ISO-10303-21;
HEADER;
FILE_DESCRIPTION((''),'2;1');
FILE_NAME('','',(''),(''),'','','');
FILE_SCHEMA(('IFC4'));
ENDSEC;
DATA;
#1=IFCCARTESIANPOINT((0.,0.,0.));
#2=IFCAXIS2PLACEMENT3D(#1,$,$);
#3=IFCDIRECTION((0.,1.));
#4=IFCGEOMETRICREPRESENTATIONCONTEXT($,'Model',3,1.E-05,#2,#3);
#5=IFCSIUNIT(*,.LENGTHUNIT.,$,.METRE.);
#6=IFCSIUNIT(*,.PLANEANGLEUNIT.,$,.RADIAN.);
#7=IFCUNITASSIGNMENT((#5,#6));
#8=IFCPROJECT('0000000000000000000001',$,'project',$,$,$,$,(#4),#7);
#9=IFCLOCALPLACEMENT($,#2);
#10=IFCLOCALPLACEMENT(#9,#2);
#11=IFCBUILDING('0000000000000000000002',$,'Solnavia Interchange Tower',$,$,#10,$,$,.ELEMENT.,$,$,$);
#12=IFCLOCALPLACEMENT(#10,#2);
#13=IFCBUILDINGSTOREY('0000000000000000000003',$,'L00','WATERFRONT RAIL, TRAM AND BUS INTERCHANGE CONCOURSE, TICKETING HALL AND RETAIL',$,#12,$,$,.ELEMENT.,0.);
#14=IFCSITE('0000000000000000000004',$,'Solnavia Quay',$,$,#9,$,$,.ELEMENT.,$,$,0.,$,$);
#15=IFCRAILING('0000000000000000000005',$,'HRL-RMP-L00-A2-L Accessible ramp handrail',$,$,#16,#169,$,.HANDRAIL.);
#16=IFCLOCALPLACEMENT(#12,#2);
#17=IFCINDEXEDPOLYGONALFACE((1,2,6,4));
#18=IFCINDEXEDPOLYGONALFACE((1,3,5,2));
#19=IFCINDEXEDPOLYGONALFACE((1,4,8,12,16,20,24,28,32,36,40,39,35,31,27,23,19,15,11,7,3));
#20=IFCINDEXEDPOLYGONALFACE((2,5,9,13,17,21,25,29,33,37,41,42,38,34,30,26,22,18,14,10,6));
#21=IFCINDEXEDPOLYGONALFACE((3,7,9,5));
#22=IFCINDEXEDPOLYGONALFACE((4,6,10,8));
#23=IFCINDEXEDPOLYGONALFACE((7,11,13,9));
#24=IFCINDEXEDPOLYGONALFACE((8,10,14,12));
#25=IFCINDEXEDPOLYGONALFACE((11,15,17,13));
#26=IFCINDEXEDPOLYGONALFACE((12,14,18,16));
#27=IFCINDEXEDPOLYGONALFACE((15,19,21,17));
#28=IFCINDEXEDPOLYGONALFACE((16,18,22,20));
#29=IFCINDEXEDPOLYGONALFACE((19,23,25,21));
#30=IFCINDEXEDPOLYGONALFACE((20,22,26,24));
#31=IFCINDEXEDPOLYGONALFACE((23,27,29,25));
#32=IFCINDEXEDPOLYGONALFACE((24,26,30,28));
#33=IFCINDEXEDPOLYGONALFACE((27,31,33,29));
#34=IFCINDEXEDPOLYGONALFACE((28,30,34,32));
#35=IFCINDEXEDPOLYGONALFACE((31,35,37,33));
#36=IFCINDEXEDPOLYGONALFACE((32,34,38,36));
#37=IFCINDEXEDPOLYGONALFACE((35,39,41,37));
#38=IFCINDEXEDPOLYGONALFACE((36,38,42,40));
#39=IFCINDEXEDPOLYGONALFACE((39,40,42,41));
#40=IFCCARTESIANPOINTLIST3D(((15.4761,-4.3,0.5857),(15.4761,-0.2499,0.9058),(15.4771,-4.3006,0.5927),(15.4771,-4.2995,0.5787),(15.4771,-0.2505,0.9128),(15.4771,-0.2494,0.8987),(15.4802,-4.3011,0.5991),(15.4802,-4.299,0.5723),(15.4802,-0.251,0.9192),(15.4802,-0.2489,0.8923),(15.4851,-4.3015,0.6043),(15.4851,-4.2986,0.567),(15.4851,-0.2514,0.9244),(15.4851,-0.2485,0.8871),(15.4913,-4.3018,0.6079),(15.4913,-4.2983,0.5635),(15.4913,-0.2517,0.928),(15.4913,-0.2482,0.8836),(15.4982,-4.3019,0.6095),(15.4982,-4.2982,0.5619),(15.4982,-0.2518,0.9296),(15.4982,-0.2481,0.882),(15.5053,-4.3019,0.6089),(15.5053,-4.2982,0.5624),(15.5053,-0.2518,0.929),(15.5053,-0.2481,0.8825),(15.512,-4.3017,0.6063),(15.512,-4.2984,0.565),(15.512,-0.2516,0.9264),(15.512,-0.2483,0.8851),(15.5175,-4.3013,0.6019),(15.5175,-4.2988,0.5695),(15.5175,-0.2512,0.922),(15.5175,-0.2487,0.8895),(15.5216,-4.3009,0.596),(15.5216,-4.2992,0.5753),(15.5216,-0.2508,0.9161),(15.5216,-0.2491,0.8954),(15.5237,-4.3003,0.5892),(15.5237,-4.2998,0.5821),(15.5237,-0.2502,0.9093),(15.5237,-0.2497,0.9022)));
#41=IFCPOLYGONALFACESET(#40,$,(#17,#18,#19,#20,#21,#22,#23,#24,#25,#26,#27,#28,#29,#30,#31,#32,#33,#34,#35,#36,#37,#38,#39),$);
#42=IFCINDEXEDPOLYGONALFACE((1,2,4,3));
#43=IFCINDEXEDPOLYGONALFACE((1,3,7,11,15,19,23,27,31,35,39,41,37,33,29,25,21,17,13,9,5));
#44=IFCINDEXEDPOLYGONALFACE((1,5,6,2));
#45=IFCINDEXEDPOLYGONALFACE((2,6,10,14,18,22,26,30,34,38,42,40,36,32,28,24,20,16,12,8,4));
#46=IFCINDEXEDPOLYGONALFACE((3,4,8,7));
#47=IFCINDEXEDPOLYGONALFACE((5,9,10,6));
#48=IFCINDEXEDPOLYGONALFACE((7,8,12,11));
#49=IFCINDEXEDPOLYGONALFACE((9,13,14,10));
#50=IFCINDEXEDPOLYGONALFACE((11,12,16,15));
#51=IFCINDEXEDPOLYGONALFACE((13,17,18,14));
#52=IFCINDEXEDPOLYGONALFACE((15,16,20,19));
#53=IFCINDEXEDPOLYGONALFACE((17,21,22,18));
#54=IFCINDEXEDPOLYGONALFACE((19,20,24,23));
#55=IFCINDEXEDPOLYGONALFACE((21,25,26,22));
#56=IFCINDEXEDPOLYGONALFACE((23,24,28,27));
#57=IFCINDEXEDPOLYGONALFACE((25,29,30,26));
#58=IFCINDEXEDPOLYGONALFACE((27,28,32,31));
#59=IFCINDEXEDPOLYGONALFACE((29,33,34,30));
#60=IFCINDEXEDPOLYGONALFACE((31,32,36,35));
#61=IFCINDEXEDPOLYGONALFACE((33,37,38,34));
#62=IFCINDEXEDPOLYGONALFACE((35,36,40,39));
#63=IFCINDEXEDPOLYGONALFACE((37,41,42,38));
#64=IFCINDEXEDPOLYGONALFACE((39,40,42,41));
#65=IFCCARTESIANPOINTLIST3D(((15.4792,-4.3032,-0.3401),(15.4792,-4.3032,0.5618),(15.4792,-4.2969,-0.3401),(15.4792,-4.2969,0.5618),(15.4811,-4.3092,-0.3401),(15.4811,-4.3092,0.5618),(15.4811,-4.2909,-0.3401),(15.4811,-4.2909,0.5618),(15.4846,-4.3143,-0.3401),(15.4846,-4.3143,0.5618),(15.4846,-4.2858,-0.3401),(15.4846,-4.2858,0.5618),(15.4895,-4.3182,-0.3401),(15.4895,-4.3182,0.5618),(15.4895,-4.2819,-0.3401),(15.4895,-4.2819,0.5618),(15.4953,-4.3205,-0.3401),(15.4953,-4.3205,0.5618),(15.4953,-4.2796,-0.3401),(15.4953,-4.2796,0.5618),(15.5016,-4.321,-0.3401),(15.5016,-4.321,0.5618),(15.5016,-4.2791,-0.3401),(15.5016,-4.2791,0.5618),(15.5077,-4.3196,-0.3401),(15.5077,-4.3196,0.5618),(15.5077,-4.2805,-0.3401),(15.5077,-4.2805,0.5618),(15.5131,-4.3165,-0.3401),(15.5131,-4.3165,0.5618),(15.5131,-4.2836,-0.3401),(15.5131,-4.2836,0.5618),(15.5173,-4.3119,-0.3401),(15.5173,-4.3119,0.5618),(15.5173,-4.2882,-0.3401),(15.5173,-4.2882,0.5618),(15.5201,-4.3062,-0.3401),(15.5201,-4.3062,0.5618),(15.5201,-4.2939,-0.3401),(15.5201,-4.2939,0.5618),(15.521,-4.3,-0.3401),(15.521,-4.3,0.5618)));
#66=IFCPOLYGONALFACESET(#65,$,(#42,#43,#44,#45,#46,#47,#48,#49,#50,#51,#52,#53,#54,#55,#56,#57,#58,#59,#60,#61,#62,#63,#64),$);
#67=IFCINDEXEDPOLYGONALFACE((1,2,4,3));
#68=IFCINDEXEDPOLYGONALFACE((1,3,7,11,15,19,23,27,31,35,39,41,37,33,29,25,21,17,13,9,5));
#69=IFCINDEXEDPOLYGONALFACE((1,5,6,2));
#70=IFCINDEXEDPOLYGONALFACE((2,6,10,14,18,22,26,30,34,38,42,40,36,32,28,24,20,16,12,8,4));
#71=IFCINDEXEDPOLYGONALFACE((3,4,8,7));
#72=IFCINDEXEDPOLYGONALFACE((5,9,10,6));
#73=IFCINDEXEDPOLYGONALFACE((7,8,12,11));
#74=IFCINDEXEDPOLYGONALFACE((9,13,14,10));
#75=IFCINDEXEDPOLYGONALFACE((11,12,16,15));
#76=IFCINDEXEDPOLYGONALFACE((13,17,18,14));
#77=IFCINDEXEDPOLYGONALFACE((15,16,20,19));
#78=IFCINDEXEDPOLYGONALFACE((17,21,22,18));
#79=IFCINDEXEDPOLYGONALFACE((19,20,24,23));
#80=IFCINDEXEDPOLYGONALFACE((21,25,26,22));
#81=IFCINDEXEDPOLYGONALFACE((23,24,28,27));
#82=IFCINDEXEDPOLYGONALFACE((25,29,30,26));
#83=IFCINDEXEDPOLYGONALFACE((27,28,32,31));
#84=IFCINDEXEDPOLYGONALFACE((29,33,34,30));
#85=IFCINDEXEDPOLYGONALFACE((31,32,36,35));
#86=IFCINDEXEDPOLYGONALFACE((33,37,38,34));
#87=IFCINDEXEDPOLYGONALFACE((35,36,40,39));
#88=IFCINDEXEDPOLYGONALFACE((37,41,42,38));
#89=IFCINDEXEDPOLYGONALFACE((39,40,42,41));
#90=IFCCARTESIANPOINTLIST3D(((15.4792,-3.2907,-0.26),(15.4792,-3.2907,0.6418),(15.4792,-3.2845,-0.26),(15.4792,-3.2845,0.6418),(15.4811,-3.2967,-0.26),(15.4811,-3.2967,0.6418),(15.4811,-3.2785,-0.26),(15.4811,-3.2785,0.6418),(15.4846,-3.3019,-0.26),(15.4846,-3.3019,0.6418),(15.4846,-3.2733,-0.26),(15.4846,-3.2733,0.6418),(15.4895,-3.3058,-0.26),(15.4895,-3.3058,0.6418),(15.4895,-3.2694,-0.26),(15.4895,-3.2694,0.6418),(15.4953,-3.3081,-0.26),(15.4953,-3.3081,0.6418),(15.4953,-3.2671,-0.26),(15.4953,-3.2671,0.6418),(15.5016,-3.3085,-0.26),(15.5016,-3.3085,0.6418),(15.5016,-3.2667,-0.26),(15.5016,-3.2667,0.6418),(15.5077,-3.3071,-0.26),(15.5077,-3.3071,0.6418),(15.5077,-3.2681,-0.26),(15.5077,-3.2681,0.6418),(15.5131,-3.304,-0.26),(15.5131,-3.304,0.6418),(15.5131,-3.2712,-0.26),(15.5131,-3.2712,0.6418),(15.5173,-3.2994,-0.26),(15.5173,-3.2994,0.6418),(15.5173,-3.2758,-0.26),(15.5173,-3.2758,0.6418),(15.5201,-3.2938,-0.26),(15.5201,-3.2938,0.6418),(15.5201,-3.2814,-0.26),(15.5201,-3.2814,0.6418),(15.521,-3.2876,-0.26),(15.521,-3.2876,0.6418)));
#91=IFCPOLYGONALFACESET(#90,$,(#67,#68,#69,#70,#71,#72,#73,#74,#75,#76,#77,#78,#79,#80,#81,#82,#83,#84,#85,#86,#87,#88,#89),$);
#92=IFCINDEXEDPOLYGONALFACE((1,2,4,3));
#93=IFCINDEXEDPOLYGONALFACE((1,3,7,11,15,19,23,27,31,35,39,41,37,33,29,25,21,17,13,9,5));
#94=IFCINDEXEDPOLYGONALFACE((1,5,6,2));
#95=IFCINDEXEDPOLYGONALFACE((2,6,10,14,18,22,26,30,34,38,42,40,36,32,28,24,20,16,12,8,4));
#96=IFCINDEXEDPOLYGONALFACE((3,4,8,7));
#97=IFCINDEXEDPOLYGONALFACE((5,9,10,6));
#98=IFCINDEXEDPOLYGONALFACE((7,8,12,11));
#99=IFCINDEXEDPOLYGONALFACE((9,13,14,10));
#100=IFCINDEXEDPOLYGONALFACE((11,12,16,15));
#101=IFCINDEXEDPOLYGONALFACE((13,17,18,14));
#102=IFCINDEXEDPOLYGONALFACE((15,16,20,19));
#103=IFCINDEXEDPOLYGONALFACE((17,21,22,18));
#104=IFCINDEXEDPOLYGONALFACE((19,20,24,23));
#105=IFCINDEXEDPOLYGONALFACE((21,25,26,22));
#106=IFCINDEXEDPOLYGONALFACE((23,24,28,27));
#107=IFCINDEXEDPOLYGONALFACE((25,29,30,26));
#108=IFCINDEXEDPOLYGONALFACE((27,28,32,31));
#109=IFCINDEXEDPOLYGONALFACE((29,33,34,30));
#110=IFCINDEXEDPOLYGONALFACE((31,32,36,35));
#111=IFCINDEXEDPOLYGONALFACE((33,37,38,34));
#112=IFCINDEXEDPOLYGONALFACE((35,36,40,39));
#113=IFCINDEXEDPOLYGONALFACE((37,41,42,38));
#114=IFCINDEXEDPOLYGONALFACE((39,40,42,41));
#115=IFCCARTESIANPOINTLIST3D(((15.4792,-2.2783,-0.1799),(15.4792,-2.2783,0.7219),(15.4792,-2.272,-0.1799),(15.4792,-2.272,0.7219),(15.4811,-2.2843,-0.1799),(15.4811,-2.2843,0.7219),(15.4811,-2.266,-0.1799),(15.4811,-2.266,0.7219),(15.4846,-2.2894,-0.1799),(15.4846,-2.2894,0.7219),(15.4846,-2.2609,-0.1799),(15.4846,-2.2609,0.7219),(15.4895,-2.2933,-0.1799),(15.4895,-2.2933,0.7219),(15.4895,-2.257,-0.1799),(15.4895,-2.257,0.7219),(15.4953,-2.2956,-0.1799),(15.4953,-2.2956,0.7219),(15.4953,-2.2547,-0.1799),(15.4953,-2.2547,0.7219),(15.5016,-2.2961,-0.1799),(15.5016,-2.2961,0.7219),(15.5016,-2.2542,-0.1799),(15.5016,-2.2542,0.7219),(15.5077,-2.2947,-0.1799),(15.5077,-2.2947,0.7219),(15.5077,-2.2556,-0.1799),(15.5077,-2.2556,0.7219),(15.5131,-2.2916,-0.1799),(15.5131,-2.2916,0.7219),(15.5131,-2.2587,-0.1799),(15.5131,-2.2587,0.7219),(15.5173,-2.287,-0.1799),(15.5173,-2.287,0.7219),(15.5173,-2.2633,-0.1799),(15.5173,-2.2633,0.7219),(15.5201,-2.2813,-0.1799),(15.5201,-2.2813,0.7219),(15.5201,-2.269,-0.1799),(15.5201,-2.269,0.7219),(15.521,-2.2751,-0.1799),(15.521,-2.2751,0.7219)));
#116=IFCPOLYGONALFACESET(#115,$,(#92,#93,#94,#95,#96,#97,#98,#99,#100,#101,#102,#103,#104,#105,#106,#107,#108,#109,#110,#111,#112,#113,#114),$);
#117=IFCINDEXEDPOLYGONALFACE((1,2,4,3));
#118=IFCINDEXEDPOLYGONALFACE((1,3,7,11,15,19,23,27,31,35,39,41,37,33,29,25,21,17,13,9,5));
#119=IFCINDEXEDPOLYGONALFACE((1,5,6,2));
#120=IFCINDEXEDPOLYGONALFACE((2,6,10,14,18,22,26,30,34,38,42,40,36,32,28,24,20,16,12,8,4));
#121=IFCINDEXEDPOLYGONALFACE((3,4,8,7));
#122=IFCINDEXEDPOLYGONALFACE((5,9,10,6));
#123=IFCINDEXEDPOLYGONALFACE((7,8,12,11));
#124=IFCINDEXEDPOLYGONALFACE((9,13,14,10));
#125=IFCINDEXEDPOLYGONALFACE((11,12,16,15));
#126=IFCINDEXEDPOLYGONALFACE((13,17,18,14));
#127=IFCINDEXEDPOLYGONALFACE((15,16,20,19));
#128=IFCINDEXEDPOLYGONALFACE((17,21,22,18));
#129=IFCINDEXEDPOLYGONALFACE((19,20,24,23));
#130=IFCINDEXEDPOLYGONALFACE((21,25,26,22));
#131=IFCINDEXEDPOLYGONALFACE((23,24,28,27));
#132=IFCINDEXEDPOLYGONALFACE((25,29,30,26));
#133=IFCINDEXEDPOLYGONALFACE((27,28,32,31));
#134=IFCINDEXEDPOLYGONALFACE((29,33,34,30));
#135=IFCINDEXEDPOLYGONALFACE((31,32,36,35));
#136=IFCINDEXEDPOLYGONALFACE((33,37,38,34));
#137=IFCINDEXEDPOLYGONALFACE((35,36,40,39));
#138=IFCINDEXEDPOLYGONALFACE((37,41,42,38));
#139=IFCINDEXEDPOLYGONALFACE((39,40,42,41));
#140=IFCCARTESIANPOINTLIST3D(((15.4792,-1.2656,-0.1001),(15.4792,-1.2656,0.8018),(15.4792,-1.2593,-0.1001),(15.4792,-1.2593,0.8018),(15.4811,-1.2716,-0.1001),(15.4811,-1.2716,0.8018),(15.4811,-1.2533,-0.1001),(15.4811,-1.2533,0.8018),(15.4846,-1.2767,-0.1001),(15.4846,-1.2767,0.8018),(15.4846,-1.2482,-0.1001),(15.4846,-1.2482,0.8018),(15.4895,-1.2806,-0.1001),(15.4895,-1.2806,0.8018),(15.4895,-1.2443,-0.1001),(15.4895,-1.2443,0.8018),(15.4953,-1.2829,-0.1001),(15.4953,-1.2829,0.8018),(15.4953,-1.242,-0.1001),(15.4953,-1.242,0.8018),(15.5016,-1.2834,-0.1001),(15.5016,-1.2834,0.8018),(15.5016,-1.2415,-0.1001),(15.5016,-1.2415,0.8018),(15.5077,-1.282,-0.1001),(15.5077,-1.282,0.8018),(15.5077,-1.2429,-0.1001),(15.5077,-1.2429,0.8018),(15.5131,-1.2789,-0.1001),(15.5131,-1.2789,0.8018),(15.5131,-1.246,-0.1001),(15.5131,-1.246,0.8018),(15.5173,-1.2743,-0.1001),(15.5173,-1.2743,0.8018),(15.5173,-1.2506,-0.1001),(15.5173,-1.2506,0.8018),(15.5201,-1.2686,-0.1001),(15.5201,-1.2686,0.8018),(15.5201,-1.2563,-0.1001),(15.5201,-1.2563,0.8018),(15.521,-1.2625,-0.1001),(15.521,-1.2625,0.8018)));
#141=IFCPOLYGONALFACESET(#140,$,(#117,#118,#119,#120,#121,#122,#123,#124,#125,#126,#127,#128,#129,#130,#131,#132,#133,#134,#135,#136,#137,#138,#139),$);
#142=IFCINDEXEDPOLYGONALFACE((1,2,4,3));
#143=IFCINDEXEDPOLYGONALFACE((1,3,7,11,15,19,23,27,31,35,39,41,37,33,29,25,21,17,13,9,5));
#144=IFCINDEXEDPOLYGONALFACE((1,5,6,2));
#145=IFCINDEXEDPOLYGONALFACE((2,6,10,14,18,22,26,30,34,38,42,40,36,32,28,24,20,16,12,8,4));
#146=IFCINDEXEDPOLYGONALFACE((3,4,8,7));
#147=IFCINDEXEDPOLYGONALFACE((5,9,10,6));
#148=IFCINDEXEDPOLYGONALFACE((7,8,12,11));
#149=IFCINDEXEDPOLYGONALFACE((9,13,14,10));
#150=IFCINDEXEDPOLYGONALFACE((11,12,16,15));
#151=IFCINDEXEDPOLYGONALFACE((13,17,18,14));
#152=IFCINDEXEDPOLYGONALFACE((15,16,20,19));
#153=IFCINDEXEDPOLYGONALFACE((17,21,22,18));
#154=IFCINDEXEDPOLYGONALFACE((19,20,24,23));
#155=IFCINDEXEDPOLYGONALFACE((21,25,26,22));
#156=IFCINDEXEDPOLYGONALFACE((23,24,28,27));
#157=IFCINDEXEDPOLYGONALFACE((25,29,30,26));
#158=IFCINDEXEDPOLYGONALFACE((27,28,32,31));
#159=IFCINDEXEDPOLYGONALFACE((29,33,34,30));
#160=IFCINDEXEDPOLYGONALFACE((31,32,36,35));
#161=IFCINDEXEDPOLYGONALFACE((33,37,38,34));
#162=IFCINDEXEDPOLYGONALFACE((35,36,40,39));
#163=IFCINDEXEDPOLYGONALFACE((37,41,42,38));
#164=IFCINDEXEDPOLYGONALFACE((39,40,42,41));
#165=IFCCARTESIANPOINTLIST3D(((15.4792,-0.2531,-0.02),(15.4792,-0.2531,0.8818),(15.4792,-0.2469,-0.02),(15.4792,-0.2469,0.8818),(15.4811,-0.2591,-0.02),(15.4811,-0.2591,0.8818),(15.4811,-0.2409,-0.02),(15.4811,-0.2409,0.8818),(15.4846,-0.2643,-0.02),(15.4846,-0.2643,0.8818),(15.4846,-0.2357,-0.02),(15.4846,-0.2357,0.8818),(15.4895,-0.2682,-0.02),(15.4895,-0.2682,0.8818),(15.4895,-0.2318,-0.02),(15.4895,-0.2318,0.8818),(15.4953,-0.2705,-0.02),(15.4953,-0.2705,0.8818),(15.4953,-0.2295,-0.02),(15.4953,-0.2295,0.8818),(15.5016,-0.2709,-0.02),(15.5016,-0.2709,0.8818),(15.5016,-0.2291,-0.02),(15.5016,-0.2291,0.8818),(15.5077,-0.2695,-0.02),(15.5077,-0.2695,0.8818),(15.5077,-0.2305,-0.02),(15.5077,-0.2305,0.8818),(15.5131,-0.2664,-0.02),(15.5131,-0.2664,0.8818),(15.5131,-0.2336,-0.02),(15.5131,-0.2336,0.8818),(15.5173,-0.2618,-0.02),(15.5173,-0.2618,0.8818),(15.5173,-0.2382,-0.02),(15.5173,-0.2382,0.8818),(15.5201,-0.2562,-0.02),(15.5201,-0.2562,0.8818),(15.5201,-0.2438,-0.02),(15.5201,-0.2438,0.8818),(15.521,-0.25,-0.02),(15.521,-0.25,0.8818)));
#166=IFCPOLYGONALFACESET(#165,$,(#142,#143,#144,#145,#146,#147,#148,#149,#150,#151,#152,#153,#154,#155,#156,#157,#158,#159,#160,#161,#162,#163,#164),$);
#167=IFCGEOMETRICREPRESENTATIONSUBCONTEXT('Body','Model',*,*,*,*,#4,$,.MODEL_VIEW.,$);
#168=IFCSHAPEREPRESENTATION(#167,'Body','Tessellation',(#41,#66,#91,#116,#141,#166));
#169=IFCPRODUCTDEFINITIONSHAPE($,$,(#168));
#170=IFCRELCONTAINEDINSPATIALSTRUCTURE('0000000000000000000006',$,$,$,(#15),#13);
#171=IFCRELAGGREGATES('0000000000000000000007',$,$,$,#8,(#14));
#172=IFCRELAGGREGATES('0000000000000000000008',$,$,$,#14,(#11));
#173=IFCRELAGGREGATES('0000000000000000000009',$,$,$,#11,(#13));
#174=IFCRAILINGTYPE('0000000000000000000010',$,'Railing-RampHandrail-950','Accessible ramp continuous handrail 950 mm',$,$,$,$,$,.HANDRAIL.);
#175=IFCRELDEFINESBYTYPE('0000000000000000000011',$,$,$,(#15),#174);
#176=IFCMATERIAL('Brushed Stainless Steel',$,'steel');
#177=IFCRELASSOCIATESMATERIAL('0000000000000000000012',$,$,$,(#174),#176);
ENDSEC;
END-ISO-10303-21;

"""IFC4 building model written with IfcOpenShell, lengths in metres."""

from ifc_helpers import new_model, si_unit, direction, frame, origin, origin_2d, place, context, subcontext, project, spatial, circle, extrude, material, type_object, element, save


model = new_model("IFC4")

# Units and contexts
model_context = context("Model", 3, precision=1e-05, world=origin(), true_north=direction((0.0, 1.0)))
body_context = subcontext(model_context, "Body", "Model", "MODEL_VIEW")
ifc_project = project(units=[si_unit("LENGTHUNIT", "METRE"), si_unit("PLANEANGLEUNIT", "RADIAN")], contexts=[model_context])

# Site, building, storey
site_placement = place(None, origin())
site = spatial("IfcSite", under=ifc_project, at=site_placement, Name="Solnavia Quay", CompositionType="ELEMENT", RefElevation=0.0)
building_placement = place(site_placement, origin())
building = spatial("IfcBuilding", under=site, at=building_placement, Name="Solnavia Interchange Tower", CompositionType="ELEMENT")
storey_placement = place(building_placement, origin())
storey = spatial("IfcBuildingStorey", under=building, at=storey_placement, Name="L00", Description="WATERFRONT RAIL, TRAM AND BUS INTERCHANGE CONCOURSE, TICKETING HALL AND RETAIL", CompositionType="ELEMENT", Elevation=0.0)

# Railing
ifc_material_1 = material(Name="Brushed Stainless Steel", Category="steel")
railing_type = type_object("IfcRailingType", Name="Railing-RampHandrail-950", Description="Accessible ramp continuous handrail 950 mm", PredefinedType="HANDRAIL", material=ifc_material_1)
railing_placement = place(storey_placement, frame((15.5, -4.3, -0.3401)))
element("IfcRailing", 1, at=railing_placement, inside=storey, type_object=railing_type, Name="HRL-RMP-L00-A2-L Accessible ramp handrail", PredefinedType="HANDRAIL", context=body_context, shape_type="SweptSolid", body=[
    extrude(circle(Radius=0.0239, at=origin_2d()), frame((0.0, 0.0, 0.9258), z_axis=(0.0, 0.996892, 0.078783), x_axis=(-1.0, 0.0, 0.0)), (0.0, 0.0, 1.0), 4.0627),
    extrude(circle(Radius=0.021, at=origin_2d()), origin(), (0.0, 0.0, 1.0), 0.9019),
    extrude(circle(Radius=0.021, at=origin_2d()), frame((0.0, 1.0125, 0.0801)), (0.0, 0.0, 1.0), 0.9019),
    extrude(circle(Radius=0.021, at=origin_2d()), frame((0.0, 2.0249, 0.1602)), (0.0, 0.0, 1.0), 0.9019),
    extrude(circle(Radius=0.021, at=origin_2d()), frame((0.0, 3.0376, 0.24)), (0.0, 0.0, 1.0), 0.9019),
    extrude(circle(Radius=0.021, at=origin_2d()), frame((0.0, 4.05, 0.3201)), (0.0, 0.0, 1.0), 0.9019),
])

save(model, "model.ifc")
